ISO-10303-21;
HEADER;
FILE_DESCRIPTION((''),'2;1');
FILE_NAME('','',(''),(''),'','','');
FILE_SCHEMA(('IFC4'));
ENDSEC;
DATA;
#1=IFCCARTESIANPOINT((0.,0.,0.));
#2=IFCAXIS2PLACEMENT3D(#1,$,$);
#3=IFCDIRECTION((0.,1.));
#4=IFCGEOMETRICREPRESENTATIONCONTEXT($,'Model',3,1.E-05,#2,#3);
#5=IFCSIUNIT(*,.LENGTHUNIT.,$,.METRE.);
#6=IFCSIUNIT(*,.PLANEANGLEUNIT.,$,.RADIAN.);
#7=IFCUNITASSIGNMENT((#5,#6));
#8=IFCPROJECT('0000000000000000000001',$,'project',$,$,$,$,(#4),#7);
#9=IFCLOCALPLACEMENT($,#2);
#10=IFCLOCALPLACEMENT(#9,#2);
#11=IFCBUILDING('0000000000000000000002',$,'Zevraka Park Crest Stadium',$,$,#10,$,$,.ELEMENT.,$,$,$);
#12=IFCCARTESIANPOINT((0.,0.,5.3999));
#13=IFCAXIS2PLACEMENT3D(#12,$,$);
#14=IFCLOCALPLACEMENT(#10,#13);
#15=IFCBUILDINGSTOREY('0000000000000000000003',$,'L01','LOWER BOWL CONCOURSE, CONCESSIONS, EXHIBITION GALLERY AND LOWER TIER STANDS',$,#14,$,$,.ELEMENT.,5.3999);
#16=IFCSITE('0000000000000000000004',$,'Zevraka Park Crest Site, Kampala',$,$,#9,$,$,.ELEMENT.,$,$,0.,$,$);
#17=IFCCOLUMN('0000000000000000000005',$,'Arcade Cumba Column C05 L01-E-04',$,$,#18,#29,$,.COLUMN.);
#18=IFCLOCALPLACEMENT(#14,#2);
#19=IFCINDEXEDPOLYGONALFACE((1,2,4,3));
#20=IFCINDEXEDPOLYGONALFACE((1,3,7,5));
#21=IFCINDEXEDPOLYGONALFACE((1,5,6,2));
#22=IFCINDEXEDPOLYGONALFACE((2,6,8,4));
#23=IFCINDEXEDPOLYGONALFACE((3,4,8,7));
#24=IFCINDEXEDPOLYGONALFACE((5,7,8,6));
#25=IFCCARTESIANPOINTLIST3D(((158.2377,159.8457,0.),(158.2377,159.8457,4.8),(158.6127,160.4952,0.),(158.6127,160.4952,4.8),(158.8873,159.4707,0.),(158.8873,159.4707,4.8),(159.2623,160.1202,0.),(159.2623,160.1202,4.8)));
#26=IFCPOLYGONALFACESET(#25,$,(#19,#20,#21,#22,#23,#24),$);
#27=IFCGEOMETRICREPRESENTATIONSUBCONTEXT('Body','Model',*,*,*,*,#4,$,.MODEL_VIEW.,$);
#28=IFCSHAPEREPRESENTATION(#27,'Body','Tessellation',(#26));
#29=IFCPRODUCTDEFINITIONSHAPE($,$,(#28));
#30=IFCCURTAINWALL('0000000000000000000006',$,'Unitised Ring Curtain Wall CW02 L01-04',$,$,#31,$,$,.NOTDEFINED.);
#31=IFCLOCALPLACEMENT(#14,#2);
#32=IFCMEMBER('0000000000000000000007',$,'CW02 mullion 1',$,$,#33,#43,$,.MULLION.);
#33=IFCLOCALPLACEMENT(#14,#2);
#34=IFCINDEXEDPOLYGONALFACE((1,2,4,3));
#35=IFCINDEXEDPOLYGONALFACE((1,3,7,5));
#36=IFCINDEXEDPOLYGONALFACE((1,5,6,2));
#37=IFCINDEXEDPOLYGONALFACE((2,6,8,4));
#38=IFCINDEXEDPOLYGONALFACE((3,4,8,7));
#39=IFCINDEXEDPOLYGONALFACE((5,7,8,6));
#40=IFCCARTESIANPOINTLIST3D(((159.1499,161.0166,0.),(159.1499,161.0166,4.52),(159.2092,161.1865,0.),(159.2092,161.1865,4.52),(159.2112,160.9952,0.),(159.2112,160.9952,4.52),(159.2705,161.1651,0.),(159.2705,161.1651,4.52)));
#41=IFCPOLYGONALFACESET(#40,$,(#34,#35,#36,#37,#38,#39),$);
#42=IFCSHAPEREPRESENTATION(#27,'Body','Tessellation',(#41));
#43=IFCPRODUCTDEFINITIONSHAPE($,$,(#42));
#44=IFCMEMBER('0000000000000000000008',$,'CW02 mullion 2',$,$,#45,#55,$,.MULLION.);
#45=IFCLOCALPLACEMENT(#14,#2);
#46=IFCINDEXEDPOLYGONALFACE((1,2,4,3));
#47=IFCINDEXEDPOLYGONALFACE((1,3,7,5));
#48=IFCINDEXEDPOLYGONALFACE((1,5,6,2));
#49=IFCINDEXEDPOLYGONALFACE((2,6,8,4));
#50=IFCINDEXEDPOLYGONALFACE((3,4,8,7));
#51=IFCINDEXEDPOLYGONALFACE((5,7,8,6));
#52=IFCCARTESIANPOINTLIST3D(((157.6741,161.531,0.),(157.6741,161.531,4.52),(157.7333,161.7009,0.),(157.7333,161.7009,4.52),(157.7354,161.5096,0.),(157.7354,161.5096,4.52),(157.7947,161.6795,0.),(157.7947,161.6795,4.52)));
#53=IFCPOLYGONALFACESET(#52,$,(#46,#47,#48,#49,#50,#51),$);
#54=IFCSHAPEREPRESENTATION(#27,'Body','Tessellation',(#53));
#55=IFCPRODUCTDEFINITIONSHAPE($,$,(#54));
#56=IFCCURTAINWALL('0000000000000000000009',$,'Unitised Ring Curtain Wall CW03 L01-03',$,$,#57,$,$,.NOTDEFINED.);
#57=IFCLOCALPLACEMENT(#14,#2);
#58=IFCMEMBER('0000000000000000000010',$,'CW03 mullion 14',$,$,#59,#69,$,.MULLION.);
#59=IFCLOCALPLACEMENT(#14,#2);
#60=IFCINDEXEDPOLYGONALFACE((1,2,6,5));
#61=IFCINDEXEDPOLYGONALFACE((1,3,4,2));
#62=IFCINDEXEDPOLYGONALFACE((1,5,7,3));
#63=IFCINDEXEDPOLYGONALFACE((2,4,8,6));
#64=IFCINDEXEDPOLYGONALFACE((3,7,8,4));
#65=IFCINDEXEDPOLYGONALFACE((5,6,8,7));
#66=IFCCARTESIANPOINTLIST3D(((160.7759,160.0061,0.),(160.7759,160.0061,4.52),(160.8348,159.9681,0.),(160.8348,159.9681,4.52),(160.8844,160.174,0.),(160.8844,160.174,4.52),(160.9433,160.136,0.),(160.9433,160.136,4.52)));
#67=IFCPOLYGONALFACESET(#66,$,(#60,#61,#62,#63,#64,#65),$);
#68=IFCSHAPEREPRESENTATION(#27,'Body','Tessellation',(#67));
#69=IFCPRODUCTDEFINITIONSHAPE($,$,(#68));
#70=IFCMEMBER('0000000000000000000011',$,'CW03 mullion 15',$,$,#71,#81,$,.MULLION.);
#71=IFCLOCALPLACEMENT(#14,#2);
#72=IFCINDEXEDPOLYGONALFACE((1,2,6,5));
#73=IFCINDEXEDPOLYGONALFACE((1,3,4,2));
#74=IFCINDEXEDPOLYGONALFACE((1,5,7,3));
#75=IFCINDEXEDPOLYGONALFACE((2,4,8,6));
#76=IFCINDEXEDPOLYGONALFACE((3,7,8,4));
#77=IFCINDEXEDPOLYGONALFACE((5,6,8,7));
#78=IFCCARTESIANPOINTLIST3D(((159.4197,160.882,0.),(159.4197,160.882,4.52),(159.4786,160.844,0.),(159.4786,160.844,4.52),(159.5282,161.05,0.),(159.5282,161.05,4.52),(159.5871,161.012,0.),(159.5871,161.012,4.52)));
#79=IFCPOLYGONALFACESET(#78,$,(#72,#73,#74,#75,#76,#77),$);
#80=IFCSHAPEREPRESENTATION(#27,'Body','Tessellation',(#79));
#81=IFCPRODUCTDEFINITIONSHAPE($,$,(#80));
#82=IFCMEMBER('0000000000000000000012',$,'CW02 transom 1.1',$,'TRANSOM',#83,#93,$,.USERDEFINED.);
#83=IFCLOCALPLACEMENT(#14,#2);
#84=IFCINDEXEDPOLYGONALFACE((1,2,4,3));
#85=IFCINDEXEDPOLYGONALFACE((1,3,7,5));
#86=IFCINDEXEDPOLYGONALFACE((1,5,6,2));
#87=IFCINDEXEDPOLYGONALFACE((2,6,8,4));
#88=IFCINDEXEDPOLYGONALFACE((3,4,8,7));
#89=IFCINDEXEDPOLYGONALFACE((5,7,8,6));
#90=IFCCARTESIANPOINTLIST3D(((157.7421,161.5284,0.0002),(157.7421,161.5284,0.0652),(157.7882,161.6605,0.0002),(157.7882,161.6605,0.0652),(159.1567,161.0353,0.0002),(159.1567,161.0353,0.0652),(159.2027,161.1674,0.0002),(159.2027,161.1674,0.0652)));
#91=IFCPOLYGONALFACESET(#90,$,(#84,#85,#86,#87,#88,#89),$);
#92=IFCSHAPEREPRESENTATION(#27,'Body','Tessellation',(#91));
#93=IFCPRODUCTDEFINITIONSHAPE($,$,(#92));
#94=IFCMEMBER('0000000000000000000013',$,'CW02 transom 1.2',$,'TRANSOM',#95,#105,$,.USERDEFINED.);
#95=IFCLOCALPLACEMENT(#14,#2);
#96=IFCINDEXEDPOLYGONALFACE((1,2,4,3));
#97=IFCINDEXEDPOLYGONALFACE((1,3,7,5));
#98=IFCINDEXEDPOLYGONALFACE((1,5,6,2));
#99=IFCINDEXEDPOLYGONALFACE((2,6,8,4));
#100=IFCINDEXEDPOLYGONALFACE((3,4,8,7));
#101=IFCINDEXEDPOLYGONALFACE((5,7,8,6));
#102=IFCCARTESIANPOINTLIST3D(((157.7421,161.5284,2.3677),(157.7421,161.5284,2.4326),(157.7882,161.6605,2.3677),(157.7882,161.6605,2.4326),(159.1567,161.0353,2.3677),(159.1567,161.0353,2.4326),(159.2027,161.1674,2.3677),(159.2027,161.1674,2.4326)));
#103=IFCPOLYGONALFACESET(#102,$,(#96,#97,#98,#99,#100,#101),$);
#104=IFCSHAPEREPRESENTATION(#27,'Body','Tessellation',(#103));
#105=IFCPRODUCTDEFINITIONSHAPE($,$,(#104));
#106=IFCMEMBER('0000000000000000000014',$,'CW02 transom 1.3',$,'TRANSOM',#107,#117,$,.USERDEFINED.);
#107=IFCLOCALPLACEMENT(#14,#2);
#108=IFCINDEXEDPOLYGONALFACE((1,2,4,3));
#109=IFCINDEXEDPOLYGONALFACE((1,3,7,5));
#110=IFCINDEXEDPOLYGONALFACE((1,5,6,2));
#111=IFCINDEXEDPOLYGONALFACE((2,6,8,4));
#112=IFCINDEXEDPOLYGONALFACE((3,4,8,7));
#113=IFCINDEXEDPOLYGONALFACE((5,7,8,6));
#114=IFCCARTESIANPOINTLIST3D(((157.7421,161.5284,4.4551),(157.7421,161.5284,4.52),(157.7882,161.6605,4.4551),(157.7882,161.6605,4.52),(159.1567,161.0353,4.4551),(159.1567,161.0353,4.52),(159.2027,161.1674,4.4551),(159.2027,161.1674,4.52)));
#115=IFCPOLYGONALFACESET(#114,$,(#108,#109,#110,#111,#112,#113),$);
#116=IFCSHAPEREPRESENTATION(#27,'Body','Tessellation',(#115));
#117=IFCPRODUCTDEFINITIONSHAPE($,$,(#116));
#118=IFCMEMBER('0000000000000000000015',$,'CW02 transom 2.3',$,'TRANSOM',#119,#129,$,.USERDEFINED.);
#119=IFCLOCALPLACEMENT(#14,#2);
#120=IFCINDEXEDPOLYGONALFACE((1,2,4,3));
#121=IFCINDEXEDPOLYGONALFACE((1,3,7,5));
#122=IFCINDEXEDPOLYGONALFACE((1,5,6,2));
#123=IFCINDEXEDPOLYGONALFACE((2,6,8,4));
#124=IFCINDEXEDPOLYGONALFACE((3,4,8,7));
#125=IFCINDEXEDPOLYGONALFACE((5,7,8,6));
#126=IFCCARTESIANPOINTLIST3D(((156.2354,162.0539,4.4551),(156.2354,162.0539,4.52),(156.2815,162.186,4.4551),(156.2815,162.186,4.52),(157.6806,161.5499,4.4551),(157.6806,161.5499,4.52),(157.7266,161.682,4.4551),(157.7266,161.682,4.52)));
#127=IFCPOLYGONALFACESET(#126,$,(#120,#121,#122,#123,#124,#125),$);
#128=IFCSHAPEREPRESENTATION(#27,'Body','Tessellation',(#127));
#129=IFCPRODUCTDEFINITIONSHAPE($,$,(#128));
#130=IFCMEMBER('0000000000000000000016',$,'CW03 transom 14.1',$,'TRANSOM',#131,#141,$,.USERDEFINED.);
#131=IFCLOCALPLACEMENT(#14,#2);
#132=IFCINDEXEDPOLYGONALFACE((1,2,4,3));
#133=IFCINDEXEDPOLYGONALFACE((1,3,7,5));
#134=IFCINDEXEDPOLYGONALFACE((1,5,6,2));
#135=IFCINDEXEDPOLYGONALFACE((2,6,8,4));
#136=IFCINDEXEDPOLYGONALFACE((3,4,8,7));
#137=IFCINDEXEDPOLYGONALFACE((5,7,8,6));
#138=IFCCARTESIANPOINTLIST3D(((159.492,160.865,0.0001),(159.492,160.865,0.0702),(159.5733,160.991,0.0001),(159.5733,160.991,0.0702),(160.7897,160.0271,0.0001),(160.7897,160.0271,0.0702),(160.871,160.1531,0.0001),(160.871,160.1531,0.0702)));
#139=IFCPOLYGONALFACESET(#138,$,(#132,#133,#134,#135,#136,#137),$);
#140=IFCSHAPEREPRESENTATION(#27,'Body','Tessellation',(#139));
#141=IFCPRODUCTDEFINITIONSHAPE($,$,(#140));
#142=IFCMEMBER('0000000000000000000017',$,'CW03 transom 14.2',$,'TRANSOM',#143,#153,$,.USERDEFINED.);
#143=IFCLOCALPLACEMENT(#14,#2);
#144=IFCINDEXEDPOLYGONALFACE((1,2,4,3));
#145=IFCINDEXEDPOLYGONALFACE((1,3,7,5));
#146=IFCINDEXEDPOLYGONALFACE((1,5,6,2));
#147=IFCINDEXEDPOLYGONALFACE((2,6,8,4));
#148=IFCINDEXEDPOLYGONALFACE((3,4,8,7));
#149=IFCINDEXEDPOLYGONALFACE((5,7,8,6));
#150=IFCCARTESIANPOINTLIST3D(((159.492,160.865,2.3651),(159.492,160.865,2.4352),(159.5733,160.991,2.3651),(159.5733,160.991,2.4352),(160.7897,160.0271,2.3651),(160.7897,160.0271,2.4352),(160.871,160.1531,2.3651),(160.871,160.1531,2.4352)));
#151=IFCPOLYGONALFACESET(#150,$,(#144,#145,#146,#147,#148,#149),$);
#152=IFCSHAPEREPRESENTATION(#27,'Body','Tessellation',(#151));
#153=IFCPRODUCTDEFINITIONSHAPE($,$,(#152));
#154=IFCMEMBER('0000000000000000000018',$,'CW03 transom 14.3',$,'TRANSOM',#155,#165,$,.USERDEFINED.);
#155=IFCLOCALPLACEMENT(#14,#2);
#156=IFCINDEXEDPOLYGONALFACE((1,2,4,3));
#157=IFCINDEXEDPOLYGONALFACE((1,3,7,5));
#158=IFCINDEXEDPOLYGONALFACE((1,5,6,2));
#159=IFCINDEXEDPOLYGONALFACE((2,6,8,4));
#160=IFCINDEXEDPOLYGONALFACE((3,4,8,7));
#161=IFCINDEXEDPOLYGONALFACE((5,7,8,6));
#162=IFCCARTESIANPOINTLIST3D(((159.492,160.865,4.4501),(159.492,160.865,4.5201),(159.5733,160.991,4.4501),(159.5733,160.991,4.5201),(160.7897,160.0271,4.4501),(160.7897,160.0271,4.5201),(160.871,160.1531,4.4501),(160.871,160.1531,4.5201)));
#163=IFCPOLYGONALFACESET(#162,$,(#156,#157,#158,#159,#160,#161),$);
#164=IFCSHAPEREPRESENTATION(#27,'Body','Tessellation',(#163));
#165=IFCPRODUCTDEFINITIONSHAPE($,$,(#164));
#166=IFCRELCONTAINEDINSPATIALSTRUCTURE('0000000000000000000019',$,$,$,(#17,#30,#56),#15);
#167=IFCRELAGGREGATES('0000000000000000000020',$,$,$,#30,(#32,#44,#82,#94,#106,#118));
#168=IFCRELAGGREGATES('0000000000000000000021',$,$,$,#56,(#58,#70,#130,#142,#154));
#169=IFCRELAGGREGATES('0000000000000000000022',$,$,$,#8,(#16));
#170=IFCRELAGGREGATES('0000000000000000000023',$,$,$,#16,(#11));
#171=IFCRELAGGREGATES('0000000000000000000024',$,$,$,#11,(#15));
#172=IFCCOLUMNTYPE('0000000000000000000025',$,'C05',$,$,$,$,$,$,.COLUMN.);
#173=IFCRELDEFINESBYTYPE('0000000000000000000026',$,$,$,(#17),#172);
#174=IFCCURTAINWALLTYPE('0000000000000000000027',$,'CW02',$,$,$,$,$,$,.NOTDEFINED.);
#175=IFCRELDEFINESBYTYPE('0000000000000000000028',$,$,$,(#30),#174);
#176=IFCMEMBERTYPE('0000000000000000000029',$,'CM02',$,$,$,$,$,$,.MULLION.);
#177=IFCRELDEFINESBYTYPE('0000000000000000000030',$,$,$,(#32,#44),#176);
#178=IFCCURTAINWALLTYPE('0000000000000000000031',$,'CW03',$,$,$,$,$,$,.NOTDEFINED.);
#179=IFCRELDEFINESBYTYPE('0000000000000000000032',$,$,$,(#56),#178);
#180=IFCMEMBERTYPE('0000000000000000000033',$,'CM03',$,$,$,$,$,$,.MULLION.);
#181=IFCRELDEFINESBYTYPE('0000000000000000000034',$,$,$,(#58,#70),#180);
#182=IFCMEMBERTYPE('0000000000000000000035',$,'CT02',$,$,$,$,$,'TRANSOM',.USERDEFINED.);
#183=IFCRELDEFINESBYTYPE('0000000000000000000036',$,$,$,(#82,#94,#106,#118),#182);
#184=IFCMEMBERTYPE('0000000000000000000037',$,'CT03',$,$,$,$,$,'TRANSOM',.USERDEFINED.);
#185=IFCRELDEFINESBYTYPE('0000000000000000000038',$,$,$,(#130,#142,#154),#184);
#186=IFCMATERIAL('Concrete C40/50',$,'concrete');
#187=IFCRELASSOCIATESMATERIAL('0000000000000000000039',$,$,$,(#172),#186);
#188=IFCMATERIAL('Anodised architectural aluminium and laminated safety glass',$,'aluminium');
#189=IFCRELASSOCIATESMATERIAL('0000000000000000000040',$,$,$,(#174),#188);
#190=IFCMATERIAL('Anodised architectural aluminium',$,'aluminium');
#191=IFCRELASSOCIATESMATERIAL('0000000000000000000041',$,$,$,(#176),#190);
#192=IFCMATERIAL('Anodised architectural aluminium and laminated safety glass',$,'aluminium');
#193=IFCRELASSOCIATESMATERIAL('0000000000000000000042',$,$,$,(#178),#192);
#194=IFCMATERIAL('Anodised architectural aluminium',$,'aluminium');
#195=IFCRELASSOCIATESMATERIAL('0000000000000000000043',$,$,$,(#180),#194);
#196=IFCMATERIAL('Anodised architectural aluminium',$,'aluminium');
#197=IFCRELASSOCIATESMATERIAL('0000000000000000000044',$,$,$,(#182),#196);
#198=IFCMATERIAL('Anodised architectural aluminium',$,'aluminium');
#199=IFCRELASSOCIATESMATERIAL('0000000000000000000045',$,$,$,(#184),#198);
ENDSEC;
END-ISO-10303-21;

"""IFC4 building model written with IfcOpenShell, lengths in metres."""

from ifc_helpers import new_model, si_unit, direction, frame, origin, origin_2d, place, context, subcontext, project, spatial, rectangle, extrude, material, material_profile, profile_set, type_object, element, aggregate, save


model = new_model("IFC4")

# Units and contexts
model_context = context("Model", 3, precision=1e-05, world=origin(), true_north=direction((0.0, 1.0)))
body_context = subcontext(model_context, "Body", "Model", "MODEL_VIEW")
ifc_project = project(units=[si_unit("LENGTHUNIT", "METRE"), si_unit("PLANEANGLEUNIT", "RADIAN")], contexts=[model_context])

# Site, building, storey
site_placement = place(None, origin())
site = spatial("IfcSite", under=ifc_project, at=site_placement, Name="Zevraka Park Crest Site, Kampala", CompositionType="ELEMENT", RefElevation=0.0)
building_placement = place(site_placement, origin())
building = spatial("IfcBuilding", under=site, at=building_placement, Name="Zevraka Park Crest Stadium", CompositionType="ELEMENT")
storey_placement = place(building_placement, frame((0.0, 0.0, 5.3999)))
storey = spatial("IfcBuildingStorey", under=building, at=storey_placement, Name="L01", Description="LOWER BOWL CONCOURSE, CONCESSIONS, EXHIBITION GALLERY AND LOWER TIER STANDS", CompositionType="ELEMENT", Elevation=5.3999)

# Column
ifc_material_1 = material(Name="Concrete C40/50", Category="concrete")
ifc_material_profile_1 = material_profile(ifc_material_1, rectangle(XDim=0.75, YDim=0.75, at=origin_2d()), Name="RC 750x750")
ifc_profile_set_1 = profile_set([ifc_material_profile_1], Name="Concrete C40/50")
column_type = type_object("IfcColumnType", Name="C05", PredefinedType="COLUMN", material=ifc_profile_set_1)
column_placement = place(storey_placement, frame((158.75, 159.9829, 0.0), z_axis=(0.0, 0.0, 1.0), x_axis=(0.5, 0.866025, 0.0)))
element("IfcColumn", 1, at=column_placement, inside=storey, type_object=column_type, Name="Arcade Cumba Column C05 L01-E-04", PredefinedType="COLUMN", context=body_context, shape_type="SweptSolid", body=[
    extrude(rectangle(XDim=0.75, YDim=0.75, at=origin_2d()), origin(), (0.0, 0.0, 1.0), 4.8),
])

# Curtain walls, members
ifc_material_2 = material(Name="Anodised architectural aluminium and laminated safety glass", Category="aluminium")
curtain_wall_type_1 = type_object("IfcCurtainWallType", Name="CW02", PredefinedType="NOTDEFINED", material=ifc_material_2)
curtain_wall_1_placement = place(storey_placement, origin())
curtain_wall_1 = element("IfcCurtainWall", 2, at=curtain_wall_1_placement, inside=storey, type_object=curtain_wall_type_1, Name="Unitised Ring Curtain Wall CW02 L01-04", PredefinedType="NOTDEFINED")
ifc_material_3 = material(Name="Anodised architectural aluminium", Category="aluminium")
ifc_material_profile_2 = material_profile(ifc_material_3, rectangle(XDim=0.1799, YDim=0.0649, at=origin_2d()), Name="ALU MULLION 180x65")
ifc_profile_set_2 = profile_set([ifc_material_profile_2], Name="Anodised architectural aluminium")
member_type_1 = type_object("IfcMemberType", Name="CM02", PredefinedType="MULLION", material=ifc_profile_set_2)
member_1_placement = place(storey_placement, frame((159.2102, 161.0908, 0.0), z_axis=(0.0, 0.0, 1.0), x_axis=(-0.329209, -0.944257, 0.0)))
member_1 = element("IfcMember", 3, at=member_1_placement, type_object=member_type_1, Name="CW02 mullion 1", PredefinedType="MULLION", context=body_context, shape_type="SweptSolid", body=[
    extrude(rectangle(XDim=0.1799, YDim=0.0649, at=origin_2d()), origin(), (0.0, 0.0, 1.0), 4.52),
])
member_2_placement = place(storey_placement, frame((157.7344, 161.6052, 0.0), z_axis=(0.0, 0.0, 1.0), x_axis=(-0.329209, -0.944257, 0.0)))
member_2 = element("IfcMember", 4, at=member_2_placement, type_object=member_type_1, Name="CW02 mullion 2", PredefinedType="MULLION", context=body_context, shape_type="SweptSolid", body=[
    extrude(rectangle(XDim=0.1799, YDim=0.0649, at=origin_2d()), origin(), (0.0, 0.0, 1.0), 4.52),
])
ifc_material_4 = material(Name="Anodised architectural aluminium and laminated safety glass", Category="aluminium")
curtain_wall_type_2 = type_object("IfcCurtainWallType", Name="CW03", PredefinedType="NOTDEFINED", material=ifc_material_4)
curtain_wall_2_placement = place(storey_placement, origin())
curtain_wall_2 = element("IfcCurtainWall", 5, at=curtain_wall_2_placement, inside=storey, type_object=curtain_wall_type_2, Name="Unitised Ring Curtain Wall CW03 L01-03", PredefinedType="NOTDEFINED")
ifc_material_5 = material(Name="Anodised architectural aluminium", Category="aluminium")
ifc_material_profile_3 = material_profile(ifc_material_5, rectangle(XDim=0.2, YDim=0.0701, at=origin_2d()), Name="ALU MULLION 200x70")
ifc_profile_set_3 = profile_set([ifc_material_profile_3], Name="Anodised architectural aluminium")
member_type_2 = type_object("IfcMemberType", Name="CM03", PredefinedType="MULLION", material=ifc_profile_set_3)
member_3_placement = place(storey_placement, frame((160.8596, 160.071, 0.0), z_axis=(0.0, 0.0, 1.0), x_axis=(-0.542571, -0.84001, 0.0)))
member_3 = element("IfcMember", 6, at=member_3_placement, type_object=member_type_2, Name="CW03 mullion 14", PredefinedType="MULLION", context=body_context, shape_type="SweptSolid", body=[
    extrude(rectangle(XDim=0.2, YDim=0.0701, at=origin_2d()), origin(), (0.0, 0.0, 1.0), 4.52),
])
member_4_placement = place(storey_placement, frame((159.5034, 160.947, 0.0), z_axis=(0.0, 0.0, 1.0), x_axis=(-0.542571, -0.84001, 0.0)))
member_4 = element("IfcMember", 7, at=member_4_placement, type_object=member_type_2, Name="CW03 mullion 15", PredefinedType="MULLION", context=body_context, shape_type="SweptSolid", body=[
    extrude(rectangle(XDim=0.2, YDim=0.0701, at=origin_2d()), origin(), (0.0, 0.0, 1.0), 4.52),
])

# Members
ifc_material_6 = material(Name="Anodised architectural aluminium", Category="aluminium")
ifc_material_profile_4 = material_profile(ifc_material_6, rectangle(XDim=0.1399, YDim=0.0649, at=origin_2d()), Name="ALU TRANSOM 140x65")
ifc_profile_set_4 = profile_set([ifc_material_profile_4], Name="Anodised architectural aluminium")
member_type_3 = type_object("IfcMemberType", Name="CT02", ElementType="TRANSOM", PredefinedType="USERDEFINED", material=ifc_profile_set_4)
member_5_placement = place(storey_placement, frame((159.1797, 161.1013, 0.0327), z_axis=(-0.944259, 0.329203, 0.0), x_axis=(-0.329203, -0.944259, 0.0)))
member_5 = element("IfcMember", 8, at=member_5_placement, type_object=member_type_3, Name="CW02 transom 1.1", ObjectType="TRANSOM", PredefinedType="USERDEFINED", context=body_context, shape_type="SweptSolid", body=[
    extrude(rectangle(XDim=0.1399, YDim=0.0649, at=origin_2d()), origin(), (0.0, 0.0, 1.0), 1.498),
])
member_6_placement = place(storey_placement, frame((159.1797, 161.1013, 2.4001), z_axis=(-0.944259, 0.329203, 0.0), x_axis=(-0.329203, -0.944259, 0.0)))
member_6 = element("IfcMember", 9, at=member_6_placement, type_object=member_type_3, Name="CW02 transom 1.2", ObjectType="TRANSOM", PredefinedType="USERDEFINED", context=body_context, shape_type="SweptSolid", body=[
    extrude(rectangle(XDim=0.1399, YDim=0.0649, at=origin_2d()), origin(), (0.0, 0.0, 1.0), 1.498),
])
member_7_placement = place(storey_placement, frame((159.1797, 161.1013, 4.4875), z_axis=(-0.944259, 0.329203, 0.0), x_axis=(-0.329203, -0.944259, 0.0)))
member_7 = element("IfcMember", 10, at=member_7_placement, type_object=member_type_3, Name="CW02 transom 1.3", ObjectType="TRANSOM", PredefinedType="USERDEFINED", context=body_context, shape_type="SweptSolid", body=[
    extrude(rectangle(XDim=0.1399, YDim=0.0649, at=origin_2d()), origin(), (0.0, 0.0, 1.0), 1.498),
])
member_8_placement = place(storey_placement, frame((157.7036, 161.616, 4.4875), z_axis=(-0.944238, 0.329263, 0.0), x_axis=(-0.329263, -0.944238, 0.0)))
member_8 = element("IfcMember", 11, at=member_8_placement, type_object=member_type_3, Name="CW02 transom 2.3", ObjectType="TRANSOM", PredefinedType="USERDEFINED", context=body_context, shape_type="SweptSolid", body=[
    extrude(rectangle(XDim=0.1399, YDim=0.0649, at=origin_2d()), origin(), (0.0, 0.0, 1.0), 1.5305),
])
ifc_material_7 = material(Name="Anodised architectural aluminium", Category="aluminium")
ifc_material_profile_5 = material_profile(ifc_material_7, rectangle(XDim=0.1499, YDim=0.0701, at=origin_2d()), Name="ALU TRANSOM 150x70")
ifc_profile_set_5 = profile_set([ifc_material_profile_5], Name="Anodised architectural aluminium")
member_type_4 = type_object("IfcMemberType", Name="CT03", ElementType="TRANSOM", PredefinedType="USERDEFINED", material=ifc_profile_set_5)
member_9_placement = place(storey_placement, frame((160.8303, 160.0901, 0.0352), z_axis=(-0.840083, 0.542458, 0.0), x_axis=(-0.542458, -0.840083, 0.0)))
member_9 = element("IfcMember", 12, at=member_9_placement, type_object=member_type_4, Name="CW03 transom 14.1", ObjectType="TRANSOM", PredefinedType="USERDEFINED", context=body_context, shape_type="SweptSolid", body=[
    extrude(rectangle(XDim=0.1499, YDim=0.0701, at=origin_2d()), origin(), (0.0, 0.0, 1.0), 1.5447),
])
member_10_placement = place(storey_placement, frame((160.8303, 160.0901, 2.4001), z_axis=(-0.840083, 0.542458, 0.0), x_axis=(-0.542458, -0.840083, 0.0)))
member_10 = element("IfcMember", 13, at=member_10_placement, type_object=member_type_4, Name="CW03 transom 14.2", ObjectType="TRANSOM", PredefinedType="USERDEFINED", context=body_context, shape_type="SweptSolid", body=[
    extrude(rectangle(XDim=0.1499, YDim=0.0701, at=origin_2d()), origin(), (0.0, 0.0, 1.0), 1.5447),
])
member_11_placement = place(storey_placement, frame((160.8303, 160.0901, 4.4851), z_axis=(-0.840083, 0.542458, 0.0), x_axis=(-0.542458, -0.840083, 0.0)))
member_11 = element("IfcMember", 14, at=member_11_placement, type_object=member_type_4, Name="CW03 transom 14.3", ObjectType="TRANSOM", PredefinedType="USERDEFINED", context=body_context, shape_type="SweptSolid", body=[
    extrude(rectangle(XDim=0.1499, YDim=0.0701, at=origin_2d()), origin(), (0.0, 0.0, 1.0), 1.5447),
])

aggregate(curtain_wall_1, [member_1, member_2, member_5, member_6, member_7, member_8])
aggregate(curtain_wall_2, [member_3, member_4, member_9, member_10, member_11])

save(model, "model.ifc")
